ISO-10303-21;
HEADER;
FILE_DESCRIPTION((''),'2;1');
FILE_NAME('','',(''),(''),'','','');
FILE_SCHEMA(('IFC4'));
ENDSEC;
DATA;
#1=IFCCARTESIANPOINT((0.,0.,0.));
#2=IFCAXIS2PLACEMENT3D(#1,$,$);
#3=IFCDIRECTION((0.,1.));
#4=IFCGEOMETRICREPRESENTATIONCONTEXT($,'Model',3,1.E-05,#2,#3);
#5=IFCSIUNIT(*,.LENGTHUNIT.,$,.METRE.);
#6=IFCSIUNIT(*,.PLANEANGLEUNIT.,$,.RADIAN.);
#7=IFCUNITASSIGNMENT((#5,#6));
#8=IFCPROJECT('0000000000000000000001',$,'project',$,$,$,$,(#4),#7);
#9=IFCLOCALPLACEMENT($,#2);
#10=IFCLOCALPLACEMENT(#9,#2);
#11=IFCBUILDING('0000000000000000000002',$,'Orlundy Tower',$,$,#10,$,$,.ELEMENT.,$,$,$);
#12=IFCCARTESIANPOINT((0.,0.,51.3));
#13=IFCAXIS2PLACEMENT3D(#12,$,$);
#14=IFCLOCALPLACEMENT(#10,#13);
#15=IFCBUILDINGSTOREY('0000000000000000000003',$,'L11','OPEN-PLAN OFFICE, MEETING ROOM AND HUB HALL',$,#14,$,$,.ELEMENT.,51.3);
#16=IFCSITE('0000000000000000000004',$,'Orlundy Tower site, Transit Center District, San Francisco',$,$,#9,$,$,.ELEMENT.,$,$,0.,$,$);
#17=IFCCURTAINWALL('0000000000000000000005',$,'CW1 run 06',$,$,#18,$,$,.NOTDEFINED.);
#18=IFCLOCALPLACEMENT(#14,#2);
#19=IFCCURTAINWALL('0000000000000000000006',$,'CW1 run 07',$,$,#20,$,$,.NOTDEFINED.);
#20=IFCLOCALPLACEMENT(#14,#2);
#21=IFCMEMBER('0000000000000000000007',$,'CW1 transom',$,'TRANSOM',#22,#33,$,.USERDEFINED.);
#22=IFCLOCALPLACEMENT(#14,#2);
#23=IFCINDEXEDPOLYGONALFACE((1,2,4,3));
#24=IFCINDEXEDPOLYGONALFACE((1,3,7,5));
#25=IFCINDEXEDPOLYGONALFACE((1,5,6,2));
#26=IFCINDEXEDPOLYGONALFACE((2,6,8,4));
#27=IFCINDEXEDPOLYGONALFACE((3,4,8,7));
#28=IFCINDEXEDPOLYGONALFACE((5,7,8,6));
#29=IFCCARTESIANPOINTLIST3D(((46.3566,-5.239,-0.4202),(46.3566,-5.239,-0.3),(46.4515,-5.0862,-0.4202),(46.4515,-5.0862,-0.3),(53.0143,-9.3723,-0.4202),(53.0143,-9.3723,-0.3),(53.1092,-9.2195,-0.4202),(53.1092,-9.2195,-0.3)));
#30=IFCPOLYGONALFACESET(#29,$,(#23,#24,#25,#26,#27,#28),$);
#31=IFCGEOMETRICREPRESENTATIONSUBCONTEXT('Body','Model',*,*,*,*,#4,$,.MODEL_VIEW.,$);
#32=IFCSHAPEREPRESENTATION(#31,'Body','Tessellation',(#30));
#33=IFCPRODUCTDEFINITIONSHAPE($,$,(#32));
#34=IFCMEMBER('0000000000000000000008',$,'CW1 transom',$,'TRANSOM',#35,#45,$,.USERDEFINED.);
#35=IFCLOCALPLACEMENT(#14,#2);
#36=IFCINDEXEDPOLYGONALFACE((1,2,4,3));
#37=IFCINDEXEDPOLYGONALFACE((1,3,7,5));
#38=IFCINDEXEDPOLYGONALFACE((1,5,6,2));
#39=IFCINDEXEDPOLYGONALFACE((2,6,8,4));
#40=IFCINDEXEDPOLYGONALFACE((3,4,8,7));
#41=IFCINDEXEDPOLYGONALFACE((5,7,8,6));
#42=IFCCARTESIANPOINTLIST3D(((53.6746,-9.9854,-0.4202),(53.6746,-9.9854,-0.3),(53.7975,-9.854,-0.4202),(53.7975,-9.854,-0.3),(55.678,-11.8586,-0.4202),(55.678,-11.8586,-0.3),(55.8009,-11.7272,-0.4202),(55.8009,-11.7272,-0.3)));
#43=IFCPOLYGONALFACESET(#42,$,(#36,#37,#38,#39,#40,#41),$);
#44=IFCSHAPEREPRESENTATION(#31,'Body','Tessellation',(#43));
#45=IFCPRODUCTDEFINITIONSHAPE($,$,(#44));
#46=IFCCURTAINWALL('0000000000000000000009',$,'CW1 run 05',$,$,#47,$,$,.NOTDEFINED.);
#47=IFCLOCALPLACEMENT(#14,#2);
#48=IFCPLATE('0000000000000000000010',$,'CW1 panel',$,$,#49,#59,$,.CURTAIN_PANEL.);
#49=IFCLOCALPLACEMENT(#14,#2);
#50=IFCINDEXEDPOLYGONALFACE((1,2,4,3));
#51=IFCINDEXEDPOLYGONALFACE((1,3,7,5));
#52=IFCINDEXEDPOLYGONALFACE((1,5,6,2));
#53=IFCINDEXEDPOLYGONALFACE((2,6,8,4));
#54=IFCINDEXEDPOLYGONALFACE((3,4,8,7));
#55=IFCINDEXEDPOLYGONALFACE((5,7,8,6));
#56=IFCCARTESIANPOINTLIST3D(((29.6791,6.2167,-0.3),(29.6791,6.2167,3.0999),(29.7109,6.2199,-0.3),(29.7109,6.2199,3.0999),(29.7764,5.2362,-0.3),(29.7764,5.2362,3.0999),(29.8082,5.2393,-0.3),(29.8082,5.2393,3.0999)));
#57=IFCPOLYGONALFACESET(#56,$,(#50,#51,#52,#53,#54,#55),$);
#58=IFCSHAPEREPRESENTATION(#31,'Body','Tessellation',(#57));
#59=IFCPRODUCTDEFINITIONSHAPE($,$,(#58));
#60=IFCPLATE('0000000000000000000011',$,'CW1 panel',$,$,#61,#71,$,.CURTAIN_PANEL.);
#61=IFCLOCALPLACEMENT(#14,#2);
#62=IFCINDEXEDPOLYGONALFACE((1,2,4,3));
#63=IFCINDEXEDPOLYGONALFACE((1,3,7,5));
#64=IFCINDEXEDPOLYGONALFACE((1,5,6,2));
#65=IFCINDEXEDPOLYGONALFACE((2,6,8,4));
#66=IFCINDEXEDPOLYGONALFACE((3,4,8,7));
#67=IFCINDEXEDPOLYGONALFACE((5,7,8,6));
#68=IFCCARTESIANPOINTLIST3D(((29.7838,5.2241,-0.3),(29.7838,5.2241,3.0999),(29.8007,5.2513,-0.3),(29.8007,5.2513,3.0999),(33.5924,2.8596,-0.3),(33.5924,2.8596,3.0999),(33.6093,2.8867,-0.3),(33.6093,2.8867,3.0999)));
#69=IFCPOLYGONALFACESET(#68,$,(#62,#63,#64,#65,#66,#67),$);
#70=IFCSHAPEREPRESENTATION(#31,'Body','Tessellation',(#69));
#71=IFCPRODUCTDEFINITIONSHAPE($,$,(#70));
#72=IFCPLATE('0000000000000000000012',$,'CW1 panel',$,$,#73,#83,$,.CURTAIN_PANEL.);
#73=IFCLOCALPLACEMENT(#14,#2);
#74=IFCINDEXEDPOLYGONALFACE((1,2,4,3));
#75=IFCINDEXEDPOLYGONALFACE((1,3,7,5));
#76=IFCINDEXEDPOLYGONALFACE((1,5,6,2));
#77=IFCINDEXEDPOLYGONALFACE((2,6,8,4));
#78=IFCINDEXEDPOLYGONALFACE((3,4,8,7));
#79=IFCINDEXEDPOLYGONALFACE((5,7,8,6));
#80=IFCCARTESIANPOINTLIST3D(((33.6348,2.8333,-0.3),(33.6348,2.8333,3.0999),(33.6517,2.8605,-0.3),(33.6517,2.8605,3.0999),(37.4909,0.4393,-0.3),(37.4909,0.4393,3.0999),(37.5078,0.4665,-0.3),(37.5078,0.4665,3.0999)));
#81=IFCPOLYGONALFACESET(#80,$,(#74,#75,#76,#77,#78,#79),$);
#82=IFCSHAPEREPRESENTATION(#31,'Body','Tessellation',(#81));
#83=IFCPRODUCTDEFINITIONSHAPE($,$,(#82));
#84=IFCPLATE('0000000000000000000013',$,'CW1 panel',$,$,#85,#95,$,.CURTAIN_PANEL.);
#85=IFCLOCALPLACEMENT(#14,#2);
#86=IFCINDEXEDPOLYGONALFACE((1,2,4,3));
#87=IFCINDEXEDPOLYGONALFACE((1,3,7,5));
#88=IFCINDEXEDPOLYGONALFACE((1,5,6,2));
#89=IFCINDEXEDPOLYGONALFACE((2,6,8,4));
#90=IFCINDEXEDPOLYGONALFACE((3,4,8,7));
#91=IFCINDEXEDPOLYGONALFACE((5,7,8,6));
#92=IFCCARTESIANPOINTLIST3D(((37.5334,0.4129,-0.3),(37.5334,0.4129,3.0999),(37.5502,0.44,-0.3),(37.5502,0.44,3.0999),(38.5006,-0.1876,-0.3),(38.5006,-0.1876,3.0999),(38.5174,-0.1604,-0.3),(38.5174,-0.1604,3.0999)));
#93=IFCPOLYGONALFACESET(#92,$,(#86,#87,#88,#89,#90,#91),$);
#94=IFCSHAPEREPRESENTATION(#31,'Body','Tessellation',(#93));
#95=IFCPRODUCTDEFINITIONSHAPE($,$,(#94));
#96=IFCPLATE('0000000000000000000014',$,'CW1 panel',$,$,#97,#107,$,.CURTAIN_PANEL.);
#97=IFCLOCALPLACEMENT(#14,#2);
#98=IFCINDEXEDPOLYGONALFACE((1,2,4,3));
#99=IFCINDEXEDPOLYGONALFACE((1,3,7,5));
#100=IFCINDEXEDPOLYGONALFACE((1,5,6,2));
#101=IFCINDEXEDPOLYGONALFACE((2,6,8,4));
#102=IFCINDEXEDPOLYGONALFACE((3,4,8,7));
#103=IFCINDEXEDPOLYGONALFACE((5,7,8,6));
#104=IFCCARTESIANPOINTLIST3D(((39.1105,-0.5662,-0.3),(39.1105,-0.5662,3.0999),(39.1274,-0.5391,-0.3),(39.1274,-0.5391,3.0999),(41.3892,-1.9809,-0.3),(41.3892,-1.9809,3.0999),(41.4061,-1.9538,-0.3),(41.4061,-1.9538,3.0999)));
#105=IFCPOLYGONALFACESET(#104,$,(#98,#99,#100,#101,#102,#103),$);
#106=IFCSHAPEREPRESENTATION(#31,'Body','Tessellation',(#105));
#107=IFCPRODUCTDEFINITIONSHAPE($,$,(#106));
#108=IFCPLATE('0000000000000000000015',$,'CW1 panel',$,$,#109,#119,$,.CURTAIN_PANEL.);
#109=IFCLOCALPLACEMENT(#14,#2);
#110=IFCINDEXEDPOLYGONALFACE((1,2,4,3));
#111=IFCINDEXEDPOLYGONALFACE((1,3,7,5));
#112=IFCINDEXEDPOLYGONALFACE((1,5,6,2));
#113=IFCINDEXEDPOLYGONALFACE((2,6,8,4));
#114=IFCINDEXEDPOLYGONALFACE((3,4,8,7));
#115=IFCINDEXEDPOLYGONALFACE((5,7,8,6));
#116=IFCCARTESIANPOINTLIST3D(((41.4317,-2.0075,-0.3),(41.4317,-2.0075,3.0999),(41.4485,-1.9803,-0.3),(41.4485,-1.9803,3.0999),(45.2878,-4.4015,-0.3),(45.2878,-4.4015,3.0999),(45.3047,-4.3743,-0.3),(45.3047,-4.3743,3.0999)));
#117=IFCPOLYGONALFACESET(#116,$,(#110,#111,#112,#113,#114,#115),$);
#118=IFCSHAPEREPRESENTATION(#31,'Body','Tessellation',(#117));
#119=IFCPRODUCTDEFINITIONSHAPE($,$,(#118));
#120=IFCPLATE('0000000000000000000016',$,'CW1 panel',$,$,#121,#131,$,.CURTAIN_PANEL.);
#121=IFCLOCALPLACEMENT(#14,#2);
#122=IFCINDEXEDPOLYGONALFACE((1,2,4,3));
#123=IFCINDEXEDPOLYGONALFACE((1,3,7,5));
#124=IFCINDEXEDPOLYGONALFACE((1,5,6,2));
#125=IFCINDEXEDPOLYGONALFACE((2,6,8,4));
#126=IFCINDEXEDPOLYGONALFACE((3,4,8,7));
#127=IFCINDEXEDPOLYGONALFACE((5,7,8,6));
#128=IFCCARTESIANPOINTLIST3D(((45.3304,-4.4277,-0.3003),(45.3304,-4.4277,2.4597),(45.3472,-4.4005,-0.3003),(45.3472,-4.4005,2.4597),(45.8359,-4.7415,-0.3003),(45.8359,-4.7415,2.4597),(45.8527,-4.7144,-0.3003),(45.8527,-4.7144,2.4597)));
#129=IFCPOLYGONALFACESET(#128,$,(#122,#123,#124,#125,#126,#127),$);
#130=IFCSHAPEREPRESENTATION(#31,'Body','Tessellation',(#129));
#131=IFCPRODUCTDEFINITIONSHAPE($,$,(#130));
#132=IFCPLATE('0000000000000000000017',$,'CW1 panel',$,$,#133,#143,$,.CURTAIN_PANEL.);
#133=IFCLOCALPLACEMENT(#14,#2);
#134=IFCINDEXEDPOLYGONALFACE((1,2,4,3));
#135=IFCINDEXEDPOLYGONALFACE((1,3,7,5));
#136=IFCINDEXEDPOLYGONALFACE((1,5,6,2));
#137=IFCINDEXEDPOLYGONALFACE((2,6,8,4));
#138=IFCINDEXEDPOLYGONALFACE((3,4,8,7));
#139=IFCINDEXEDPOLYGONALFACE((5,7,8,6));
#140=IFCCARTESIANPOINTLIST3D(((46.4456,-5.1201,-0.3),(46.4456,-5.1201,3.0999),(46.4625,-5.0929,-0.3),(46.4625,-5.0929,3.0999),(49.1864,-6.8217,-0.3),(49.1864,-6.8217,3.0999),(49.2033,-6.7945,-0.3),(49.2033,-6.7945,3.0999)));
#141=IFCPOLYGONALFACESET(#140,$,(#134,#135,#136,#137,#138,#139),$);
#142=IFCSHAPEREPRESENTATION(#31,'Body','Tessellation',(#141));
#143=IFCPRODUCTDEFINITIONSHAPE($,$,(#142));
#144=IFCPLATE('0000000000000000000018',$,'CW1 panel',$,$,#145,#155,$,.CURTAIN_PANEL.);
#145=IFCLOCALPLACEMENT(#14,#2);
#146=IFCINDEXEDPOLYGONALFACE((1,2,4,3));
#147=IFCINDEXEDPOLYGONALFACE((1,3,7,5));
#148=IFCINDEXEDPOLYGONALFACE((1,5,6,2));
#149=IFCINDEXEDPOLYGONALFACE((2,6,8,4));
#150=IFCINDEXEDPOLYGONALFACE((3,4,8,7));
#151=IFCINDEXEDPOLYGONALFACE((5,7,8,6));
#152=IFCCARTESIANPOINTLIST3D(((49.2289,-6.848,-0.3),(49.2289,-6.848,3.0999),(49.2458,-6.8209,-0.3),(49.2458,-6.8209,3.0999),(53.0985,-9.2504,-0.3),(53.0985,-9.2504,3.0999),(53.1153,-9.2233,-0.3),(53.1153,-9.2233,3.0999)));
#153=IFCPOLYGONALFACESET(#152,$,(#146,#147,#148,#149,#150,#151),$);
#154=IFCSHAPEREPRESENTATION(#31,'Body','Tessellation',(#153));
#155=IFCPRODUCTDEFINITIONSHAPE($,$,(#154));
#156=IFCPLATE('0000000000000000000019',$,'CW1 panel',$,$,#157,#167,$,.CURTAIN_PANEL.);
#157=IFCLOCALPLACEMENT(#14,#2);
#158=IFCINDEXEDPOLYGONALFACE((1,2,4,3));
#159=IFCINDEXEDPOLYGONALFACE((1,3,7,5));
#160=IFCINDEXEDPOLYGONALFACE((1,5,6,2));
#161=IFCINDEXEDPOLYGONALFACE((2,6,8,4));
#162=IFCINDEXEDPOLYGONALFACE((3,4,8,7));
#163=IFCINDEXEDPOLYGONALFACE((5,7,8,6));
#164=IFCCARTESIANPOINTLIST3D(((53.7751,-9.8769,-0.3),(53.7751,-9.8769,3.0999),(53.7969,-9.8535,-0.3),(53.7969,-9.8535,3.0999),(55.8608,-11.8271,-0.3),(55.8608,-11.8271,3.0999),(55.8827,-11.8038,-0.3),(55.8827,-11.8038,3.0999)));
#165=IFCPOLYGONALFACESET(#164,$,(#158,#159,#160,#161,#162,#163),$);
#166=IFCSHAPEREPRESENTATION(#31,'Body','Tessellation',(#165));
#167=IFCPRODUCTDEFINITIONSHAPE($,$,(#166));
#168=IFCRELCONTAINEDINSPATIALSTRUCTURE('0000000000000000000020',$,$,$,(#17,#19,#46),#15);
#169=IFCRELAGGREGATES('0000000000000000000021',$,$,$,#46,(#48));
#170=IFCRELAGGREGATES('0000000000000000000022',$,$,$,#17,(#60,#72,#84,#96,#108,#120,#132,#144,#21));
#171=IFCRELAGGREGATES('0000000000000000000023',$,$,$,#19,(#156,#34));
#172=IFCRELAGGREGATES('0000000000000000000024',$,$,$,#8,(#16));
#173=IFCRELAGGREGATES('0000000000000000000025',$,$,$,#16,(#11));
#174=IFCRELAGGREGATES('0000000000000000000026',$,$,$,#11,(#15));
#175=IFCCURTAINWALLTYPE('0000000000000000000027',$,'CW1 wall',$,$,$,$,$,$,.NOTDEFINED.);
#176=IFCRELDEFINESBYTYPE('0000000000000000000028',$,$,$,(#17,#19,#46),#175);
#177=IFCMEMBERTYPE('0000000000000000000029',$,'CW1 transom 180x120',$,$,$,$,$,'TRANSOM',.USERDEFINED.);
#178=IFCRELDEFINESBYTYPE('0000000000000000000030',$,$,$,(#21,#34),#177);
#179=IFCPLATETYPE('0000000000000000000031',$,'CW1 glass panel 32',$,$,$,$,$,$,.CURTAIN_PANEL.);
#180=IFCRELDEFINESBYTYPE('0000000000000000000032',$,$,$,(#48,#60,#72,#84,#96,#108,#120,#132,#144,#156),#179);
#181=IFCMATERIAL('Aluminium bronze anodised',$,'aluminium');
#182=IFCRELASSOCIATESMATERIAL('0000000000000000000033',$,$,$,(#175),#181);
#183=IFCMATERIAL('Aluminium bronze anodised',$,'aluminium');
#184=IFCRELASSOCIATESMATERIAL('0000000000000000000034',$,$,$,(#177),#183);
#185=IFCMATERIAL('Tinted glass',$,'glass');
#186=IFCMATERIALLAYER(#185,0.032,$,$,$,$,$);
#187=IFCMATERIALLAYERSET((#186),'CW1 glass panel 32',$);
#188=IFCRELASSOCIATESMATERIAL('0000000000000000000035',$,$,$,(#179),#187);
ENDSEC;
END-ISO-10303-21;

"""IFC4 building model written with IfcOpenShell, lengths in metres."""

from ifc_helpers import new_model, si_unit, direction, frame, origin, origin_2d, place, context, subcontext, project, spatial, rectangle, extrude, material, layer, layer_set, material_profile, profile_set, type_object, element, aggregate, save


model = new_model("IFC4")

# Units and contexts
model_context = context("Model", 3, precision=1e-05, world=origin(), true_north=direction((0.0, 1.0)))
body_context = subcontext(model_context, "Body", "Model", "MODEL_VIEW")
ifc_project = project(units=[si_unit("LENGTHUNIT", "METRE"), si_unit("PLANEANGLEUNIT", "RADIAN")], contexts=[model_context])

# Site, building, storey
site_placement = place(None, origin())
site = spatial("IfcSite", under=ifc_project, at=site_placement, Name="Orlundy Tower site, Transit Center District, San Francisco", CompositionType="ELEMENT", RefElevation=0.0)
building_placement = place(site_placement, origin())
building = spatial("IfcBuilding", under=site, at=building_placement, Name="Orlundy Tower", CompositionType="ELEMENT")
storey_placement = place(building_placement, frame((0.0, 0.0, 51.3)))
storey = spatial("IfcBuildingStorey", under=building, at=storey_placement, Name="L11", Description="OPEN-PLAN OFFICE, MEETING ROOM AND HUB HALL", CompositionType="ELEMENT", Elevation=51.3)

# Curtain wall
ifc_material_1 = material(Name="Aluminium bronze anodised", Category="aluminium")
curtain_wall_type = type_object("IfcCurtainWallType", Name="CW1 wall", PredefinedType="NOTDEFINED", material=ifc_material_1)
curtain_wall_1_placement = place(storey_placement, origin())
curtain_wall_1 = element("IfcCurtainWall", 1, at=curtain_wall_1_placement, inside=storey, type_object=curtain_wall_type, Name="CW1 run 06", PredefinedType="NOTDEFINED")

# Curtain wall
curtain_wall_2_placement = place(storey_placement, origin())
curtain_wall_2 = element("IfcCurtainWall", 2, at=curtain_wall_2_placement, inside=storey, type_object=curtain_wall_type, Name="CW1 run 07", PredefinedType="NOTDEFINED")

# Members
ifc_material_2 = material(Name="Aluminium bronze anodised", Category="aluminium")
ifc_material_profile_1 = material_profile(ifc_material_2, rectangle(XDim=0.1799, YDim=0.1201, at=origin_2d()), Name="CW1 transom 180x120")
ifc_profile_set_1 = profile_set([ifc_material_profile_1], Name="Aluminium bronze anodised")
member_type_1 = type_object("IfcMemberType", Name="CW1 transom 180x120", ElementType="TRANSOM", PredefinedType="USERDEFINED", material=ifc_profile_set_1)
member_1_placement = place(storey_placement, frame((46.4041, -5.1626, -0.3601), z_axis=(0.849587, -0.527448, 0.0), x_axis=(0.527448, 0.849587, 0.0)))
member_1 = element("IfcMember", 3, at=member_1_placement, type_object=member_type_1, Name="CW1 transom", ObjectType="TRANSOM", PredefinedType="USERDEFINED", context=body_context, shape_type="SweptSolid", body=[
    extrude(rectangle(XDim=0.1799, YDim=0.1201, at=origin_2d()), origin(), (0.0, 0.0, 1.0), 7.8364),
])
member_2_placement = place(storey_placement, frame((53.7361, -9.9197, -0.3601), z_axis=(0.73043, -0.682987, 0.0), x_axis=(0.682987, 0.73043, 0.0)))
member_2 = element("IfcMember", 4, at=member_2_placement, type_object=member_type_1, Name="CW1 transom", ObjectType="TRANSOM", PredefinedType="USERDEFINED", context=body_context, shape_type="SweptSolid", body=[
    extrude(rectangle(XDim=0.1799, YDim=0.1201, at=origin_2d()), origin(), (0.0, 0.0, 1.0), 2.7427),
])

# Curtain wall, plate
curtain_wall_3_placement = place(storey_placement, origin())
curtain_wall_3 = element("IfcCurtainWall", 5, at=curtain_wall_3_placement, inside=storey, type_object=curtain_wall_type, Name="CW1 run 05", PredefinedType="NOTDEFINED")
ifc_material_3 = material(Name="Tinted glass", Category="glass")
ifc_layer = layer(ifc_material_3, 0.032)
ifc_layer_set = layer_set([ifc_layer], Name="CW1 glass panel 32")
plate_type = type_object("IfcPlateType", Name="CW1 glass panel 32", PredefinedType="CURTAIN_PANEL", material=ifc_layer_set)
plate_1_placement = place(storey_placement, frame((29.7437, 5.728, -0.3), z_axis=(0.0, 0.0, 1.0), x_axis=(0.098759, -0.995111, 0.0)))
plate_1 = element("IfcPlate", 6, at=plate_1_placement, type_object=plate_type, Name="CW1 panel", PredefinedType="CURTAIN_PANEL", context=body_context, shape_type="SweptSolid", body=[
    extrude(rectangle(XDim=0.9854, YDim=0.032, at=origin_2d()), origin(), (0.0, 0.0, 1.0), 3.3999),
])
aggregate(curtain_wall_3, [plate_1])

# Plates
plate_2_placement = place(storey_placement, frame((31.6965, 4.0554, -0.3), z_axis=(0.0, 0.0, 1.0), x_axis=(0.849584, -0.527453, 0.0)))
plate_2 = element("IfcPlate", 7, at=plate_2_placement, type_object=plate_type, Name="CW1 panel", PredefinedType="CURTAIN_PANEL", context=body_context, shape_type="SweptSolid", body=[
    extrude(rectangle(XDim=4.4829, YDim=0.032, at=origin_2d()), origin(), (0.0, 0.0, 1.0), 3.3999),
])
plate_3_placement = place(storey_placement, frame((35.5713, 1.6499, -0.3), z_axis=(0.0, 0.0, 1.0), x_axis=(0.849584, -0.527453, 0.0)))
plate_3 = element("IfcPlate", 8, at=plate_3_placement, type_object=plate_type, Name="CW1 panel", PredefinedType="CURTAIN_PANEL", context=body_context, shape_type="SweptSolid", body=[
    extrude(rectangle(XDim=4.5388, YDim=0.032, at=origin_2d()), origin(), (0.0, 0.0, 1.0), 3.3999),
])
plate_4_placement = place(storey_placement, frame((38.0254, 0.1262, -0.3), z_axis=(0.0, 0.0, 1.0), x_axis=(0.849584, -0.527453, 0.0)))
plate_4 = element("IfcPlate", 9, at=plate_4_placement, type_object=plate_type, Name="CW1 panel", PredefinedType="CURTAIN_PANEL", context=body_context, shape_type="SweptSolid", body=[
    extrude(rectangle(XDim=1.1384, YDim=0.032, at=origin_2d()), origin(), (0.0, 0.0, 1.0), 3.3999),
])
plate_5_placement = place(storey_placement, frame((40.2583, -1.26, -0.3), z_axis=(0.0, 0.0, 1.0), x_axis=(0.849584, -0.527453, 0.0)))
plate_5 = element("IfcPlate", 10, at=plate_5_placement, type_object=plate_type, Name="CW1 panel", PredefinedType="CURTAIN_PANEL", context=body_context, shape_type="SweptSolid", body=[
    extrude(rectangle(XDim=2.6821, YDim=0.032, at=origin_2d()), origin(), (0.0, 0.0, 1.0), 3.3999),
])
plate_6_placement = place(storey_placement, frame((43.3682, -3.1909, -0.3), z_axis=(0.0, 0.0, 1.0), x_axis=(0.849584, -0.527453, 0.0)))
plate_6 = element("IfcPlate", 11, at=plate_6_placement, type_object=plate_type, Name="CW1 panel", PredefinedType="CURTAIN_PANEL", context=body_context, shape_type="SweptSolid", body=[
    extrude(rectangle(XDim=4.5388, YDim=0.032, at=origin_2d()), origin(), (0.0, 0.0, 1.0), 3.3999),
])
plate_7_placement = place(storey_placement, frame((45.5916, -4.571, -0.3003), z_axis=(0.0, 0.0, 1.0), x_axis=(0.849584, -0.527453, 0.0)))
plate_7 = element("IfcPlate", 12, at=plate_7_placement, type_object=plate_type, Name="CW1 panel", PredefinedType="CURTAIN_PANEL", context=body_context, shape_type="SweptSolid", body=[
    extrude(rectangle(XDim=0.595, YDim=0.032, at=origin_2d()), origin(), (0.0, 0.0, 1.0), 2.76),
])
plate_8_placement = place(storey_placement, frame((47.8245, -5.9573, -0.3), z_axis=(0.0, 0.0, 1.0), x_axis=(0.849584, -0.527453, 0.0)))
plate_8 = element("IfcPlate", 13, at=plate_8_placement, type_object=plate_type, Name="CW1 panel", PredefinedType="CURTAIN_PANEL", context=body_context, shape_type="SweptSolid", body=[
    extrude(rectangle(XDim=3.2261, YDim=0.032, at=origin_2d()), origin(), (0.0, 0.0, 1.0), 3.3999),
])
plate_9_placement = place(storey_placement, frame((51.1721, -8.0356, -0.3), z_axis=(0.0, 0.0, 1.0), x_axis=(0.849584, -0.527453, 0.0)))
plate_9 = element("IfcPlate", 14, at=plate_9_placement, type_object=plate_type, Name="CW1 panel", PredefinedType="CURTAIN_PANEL", context=body_context, shape_type="SweptSolid", body=[
    extrude(rectangle(XDim=4.5547, YDim=0.032, at=origin_2d()), origin(), (0.0, 0.0, 1.0), 3.3999),
])
aggregate(curtain_wall_1, [plate_2, plate_3, plate_4, plate_5, plate_6, plate_7, plate_8, plate_9, member_1])
plate_10_placement = place(storey_placement, frame((54.8289, -10.8403, -0.3), z_axis=(0.0, 0.0, 1.0), x_axis=(0.730445, -0.682971, 0.0)))
plate_10 = element("IfcPlate", 15, at=plate_10_placement, type_object=plate_type, Name="CW1 panel", PredefinedType="CURTAIN_PANEL", context=body_context, shape_type="SweptSolid", body=[
    extrude(rectangle(XDim=2.8555, YDim=0.032, at=origin_2d()), origin(), (0.0, 0.0, 1.0), 3.3999),
])
aggregate(curtain_wall_2, [plate_10, member_2])

save(model, "model.ifc")
